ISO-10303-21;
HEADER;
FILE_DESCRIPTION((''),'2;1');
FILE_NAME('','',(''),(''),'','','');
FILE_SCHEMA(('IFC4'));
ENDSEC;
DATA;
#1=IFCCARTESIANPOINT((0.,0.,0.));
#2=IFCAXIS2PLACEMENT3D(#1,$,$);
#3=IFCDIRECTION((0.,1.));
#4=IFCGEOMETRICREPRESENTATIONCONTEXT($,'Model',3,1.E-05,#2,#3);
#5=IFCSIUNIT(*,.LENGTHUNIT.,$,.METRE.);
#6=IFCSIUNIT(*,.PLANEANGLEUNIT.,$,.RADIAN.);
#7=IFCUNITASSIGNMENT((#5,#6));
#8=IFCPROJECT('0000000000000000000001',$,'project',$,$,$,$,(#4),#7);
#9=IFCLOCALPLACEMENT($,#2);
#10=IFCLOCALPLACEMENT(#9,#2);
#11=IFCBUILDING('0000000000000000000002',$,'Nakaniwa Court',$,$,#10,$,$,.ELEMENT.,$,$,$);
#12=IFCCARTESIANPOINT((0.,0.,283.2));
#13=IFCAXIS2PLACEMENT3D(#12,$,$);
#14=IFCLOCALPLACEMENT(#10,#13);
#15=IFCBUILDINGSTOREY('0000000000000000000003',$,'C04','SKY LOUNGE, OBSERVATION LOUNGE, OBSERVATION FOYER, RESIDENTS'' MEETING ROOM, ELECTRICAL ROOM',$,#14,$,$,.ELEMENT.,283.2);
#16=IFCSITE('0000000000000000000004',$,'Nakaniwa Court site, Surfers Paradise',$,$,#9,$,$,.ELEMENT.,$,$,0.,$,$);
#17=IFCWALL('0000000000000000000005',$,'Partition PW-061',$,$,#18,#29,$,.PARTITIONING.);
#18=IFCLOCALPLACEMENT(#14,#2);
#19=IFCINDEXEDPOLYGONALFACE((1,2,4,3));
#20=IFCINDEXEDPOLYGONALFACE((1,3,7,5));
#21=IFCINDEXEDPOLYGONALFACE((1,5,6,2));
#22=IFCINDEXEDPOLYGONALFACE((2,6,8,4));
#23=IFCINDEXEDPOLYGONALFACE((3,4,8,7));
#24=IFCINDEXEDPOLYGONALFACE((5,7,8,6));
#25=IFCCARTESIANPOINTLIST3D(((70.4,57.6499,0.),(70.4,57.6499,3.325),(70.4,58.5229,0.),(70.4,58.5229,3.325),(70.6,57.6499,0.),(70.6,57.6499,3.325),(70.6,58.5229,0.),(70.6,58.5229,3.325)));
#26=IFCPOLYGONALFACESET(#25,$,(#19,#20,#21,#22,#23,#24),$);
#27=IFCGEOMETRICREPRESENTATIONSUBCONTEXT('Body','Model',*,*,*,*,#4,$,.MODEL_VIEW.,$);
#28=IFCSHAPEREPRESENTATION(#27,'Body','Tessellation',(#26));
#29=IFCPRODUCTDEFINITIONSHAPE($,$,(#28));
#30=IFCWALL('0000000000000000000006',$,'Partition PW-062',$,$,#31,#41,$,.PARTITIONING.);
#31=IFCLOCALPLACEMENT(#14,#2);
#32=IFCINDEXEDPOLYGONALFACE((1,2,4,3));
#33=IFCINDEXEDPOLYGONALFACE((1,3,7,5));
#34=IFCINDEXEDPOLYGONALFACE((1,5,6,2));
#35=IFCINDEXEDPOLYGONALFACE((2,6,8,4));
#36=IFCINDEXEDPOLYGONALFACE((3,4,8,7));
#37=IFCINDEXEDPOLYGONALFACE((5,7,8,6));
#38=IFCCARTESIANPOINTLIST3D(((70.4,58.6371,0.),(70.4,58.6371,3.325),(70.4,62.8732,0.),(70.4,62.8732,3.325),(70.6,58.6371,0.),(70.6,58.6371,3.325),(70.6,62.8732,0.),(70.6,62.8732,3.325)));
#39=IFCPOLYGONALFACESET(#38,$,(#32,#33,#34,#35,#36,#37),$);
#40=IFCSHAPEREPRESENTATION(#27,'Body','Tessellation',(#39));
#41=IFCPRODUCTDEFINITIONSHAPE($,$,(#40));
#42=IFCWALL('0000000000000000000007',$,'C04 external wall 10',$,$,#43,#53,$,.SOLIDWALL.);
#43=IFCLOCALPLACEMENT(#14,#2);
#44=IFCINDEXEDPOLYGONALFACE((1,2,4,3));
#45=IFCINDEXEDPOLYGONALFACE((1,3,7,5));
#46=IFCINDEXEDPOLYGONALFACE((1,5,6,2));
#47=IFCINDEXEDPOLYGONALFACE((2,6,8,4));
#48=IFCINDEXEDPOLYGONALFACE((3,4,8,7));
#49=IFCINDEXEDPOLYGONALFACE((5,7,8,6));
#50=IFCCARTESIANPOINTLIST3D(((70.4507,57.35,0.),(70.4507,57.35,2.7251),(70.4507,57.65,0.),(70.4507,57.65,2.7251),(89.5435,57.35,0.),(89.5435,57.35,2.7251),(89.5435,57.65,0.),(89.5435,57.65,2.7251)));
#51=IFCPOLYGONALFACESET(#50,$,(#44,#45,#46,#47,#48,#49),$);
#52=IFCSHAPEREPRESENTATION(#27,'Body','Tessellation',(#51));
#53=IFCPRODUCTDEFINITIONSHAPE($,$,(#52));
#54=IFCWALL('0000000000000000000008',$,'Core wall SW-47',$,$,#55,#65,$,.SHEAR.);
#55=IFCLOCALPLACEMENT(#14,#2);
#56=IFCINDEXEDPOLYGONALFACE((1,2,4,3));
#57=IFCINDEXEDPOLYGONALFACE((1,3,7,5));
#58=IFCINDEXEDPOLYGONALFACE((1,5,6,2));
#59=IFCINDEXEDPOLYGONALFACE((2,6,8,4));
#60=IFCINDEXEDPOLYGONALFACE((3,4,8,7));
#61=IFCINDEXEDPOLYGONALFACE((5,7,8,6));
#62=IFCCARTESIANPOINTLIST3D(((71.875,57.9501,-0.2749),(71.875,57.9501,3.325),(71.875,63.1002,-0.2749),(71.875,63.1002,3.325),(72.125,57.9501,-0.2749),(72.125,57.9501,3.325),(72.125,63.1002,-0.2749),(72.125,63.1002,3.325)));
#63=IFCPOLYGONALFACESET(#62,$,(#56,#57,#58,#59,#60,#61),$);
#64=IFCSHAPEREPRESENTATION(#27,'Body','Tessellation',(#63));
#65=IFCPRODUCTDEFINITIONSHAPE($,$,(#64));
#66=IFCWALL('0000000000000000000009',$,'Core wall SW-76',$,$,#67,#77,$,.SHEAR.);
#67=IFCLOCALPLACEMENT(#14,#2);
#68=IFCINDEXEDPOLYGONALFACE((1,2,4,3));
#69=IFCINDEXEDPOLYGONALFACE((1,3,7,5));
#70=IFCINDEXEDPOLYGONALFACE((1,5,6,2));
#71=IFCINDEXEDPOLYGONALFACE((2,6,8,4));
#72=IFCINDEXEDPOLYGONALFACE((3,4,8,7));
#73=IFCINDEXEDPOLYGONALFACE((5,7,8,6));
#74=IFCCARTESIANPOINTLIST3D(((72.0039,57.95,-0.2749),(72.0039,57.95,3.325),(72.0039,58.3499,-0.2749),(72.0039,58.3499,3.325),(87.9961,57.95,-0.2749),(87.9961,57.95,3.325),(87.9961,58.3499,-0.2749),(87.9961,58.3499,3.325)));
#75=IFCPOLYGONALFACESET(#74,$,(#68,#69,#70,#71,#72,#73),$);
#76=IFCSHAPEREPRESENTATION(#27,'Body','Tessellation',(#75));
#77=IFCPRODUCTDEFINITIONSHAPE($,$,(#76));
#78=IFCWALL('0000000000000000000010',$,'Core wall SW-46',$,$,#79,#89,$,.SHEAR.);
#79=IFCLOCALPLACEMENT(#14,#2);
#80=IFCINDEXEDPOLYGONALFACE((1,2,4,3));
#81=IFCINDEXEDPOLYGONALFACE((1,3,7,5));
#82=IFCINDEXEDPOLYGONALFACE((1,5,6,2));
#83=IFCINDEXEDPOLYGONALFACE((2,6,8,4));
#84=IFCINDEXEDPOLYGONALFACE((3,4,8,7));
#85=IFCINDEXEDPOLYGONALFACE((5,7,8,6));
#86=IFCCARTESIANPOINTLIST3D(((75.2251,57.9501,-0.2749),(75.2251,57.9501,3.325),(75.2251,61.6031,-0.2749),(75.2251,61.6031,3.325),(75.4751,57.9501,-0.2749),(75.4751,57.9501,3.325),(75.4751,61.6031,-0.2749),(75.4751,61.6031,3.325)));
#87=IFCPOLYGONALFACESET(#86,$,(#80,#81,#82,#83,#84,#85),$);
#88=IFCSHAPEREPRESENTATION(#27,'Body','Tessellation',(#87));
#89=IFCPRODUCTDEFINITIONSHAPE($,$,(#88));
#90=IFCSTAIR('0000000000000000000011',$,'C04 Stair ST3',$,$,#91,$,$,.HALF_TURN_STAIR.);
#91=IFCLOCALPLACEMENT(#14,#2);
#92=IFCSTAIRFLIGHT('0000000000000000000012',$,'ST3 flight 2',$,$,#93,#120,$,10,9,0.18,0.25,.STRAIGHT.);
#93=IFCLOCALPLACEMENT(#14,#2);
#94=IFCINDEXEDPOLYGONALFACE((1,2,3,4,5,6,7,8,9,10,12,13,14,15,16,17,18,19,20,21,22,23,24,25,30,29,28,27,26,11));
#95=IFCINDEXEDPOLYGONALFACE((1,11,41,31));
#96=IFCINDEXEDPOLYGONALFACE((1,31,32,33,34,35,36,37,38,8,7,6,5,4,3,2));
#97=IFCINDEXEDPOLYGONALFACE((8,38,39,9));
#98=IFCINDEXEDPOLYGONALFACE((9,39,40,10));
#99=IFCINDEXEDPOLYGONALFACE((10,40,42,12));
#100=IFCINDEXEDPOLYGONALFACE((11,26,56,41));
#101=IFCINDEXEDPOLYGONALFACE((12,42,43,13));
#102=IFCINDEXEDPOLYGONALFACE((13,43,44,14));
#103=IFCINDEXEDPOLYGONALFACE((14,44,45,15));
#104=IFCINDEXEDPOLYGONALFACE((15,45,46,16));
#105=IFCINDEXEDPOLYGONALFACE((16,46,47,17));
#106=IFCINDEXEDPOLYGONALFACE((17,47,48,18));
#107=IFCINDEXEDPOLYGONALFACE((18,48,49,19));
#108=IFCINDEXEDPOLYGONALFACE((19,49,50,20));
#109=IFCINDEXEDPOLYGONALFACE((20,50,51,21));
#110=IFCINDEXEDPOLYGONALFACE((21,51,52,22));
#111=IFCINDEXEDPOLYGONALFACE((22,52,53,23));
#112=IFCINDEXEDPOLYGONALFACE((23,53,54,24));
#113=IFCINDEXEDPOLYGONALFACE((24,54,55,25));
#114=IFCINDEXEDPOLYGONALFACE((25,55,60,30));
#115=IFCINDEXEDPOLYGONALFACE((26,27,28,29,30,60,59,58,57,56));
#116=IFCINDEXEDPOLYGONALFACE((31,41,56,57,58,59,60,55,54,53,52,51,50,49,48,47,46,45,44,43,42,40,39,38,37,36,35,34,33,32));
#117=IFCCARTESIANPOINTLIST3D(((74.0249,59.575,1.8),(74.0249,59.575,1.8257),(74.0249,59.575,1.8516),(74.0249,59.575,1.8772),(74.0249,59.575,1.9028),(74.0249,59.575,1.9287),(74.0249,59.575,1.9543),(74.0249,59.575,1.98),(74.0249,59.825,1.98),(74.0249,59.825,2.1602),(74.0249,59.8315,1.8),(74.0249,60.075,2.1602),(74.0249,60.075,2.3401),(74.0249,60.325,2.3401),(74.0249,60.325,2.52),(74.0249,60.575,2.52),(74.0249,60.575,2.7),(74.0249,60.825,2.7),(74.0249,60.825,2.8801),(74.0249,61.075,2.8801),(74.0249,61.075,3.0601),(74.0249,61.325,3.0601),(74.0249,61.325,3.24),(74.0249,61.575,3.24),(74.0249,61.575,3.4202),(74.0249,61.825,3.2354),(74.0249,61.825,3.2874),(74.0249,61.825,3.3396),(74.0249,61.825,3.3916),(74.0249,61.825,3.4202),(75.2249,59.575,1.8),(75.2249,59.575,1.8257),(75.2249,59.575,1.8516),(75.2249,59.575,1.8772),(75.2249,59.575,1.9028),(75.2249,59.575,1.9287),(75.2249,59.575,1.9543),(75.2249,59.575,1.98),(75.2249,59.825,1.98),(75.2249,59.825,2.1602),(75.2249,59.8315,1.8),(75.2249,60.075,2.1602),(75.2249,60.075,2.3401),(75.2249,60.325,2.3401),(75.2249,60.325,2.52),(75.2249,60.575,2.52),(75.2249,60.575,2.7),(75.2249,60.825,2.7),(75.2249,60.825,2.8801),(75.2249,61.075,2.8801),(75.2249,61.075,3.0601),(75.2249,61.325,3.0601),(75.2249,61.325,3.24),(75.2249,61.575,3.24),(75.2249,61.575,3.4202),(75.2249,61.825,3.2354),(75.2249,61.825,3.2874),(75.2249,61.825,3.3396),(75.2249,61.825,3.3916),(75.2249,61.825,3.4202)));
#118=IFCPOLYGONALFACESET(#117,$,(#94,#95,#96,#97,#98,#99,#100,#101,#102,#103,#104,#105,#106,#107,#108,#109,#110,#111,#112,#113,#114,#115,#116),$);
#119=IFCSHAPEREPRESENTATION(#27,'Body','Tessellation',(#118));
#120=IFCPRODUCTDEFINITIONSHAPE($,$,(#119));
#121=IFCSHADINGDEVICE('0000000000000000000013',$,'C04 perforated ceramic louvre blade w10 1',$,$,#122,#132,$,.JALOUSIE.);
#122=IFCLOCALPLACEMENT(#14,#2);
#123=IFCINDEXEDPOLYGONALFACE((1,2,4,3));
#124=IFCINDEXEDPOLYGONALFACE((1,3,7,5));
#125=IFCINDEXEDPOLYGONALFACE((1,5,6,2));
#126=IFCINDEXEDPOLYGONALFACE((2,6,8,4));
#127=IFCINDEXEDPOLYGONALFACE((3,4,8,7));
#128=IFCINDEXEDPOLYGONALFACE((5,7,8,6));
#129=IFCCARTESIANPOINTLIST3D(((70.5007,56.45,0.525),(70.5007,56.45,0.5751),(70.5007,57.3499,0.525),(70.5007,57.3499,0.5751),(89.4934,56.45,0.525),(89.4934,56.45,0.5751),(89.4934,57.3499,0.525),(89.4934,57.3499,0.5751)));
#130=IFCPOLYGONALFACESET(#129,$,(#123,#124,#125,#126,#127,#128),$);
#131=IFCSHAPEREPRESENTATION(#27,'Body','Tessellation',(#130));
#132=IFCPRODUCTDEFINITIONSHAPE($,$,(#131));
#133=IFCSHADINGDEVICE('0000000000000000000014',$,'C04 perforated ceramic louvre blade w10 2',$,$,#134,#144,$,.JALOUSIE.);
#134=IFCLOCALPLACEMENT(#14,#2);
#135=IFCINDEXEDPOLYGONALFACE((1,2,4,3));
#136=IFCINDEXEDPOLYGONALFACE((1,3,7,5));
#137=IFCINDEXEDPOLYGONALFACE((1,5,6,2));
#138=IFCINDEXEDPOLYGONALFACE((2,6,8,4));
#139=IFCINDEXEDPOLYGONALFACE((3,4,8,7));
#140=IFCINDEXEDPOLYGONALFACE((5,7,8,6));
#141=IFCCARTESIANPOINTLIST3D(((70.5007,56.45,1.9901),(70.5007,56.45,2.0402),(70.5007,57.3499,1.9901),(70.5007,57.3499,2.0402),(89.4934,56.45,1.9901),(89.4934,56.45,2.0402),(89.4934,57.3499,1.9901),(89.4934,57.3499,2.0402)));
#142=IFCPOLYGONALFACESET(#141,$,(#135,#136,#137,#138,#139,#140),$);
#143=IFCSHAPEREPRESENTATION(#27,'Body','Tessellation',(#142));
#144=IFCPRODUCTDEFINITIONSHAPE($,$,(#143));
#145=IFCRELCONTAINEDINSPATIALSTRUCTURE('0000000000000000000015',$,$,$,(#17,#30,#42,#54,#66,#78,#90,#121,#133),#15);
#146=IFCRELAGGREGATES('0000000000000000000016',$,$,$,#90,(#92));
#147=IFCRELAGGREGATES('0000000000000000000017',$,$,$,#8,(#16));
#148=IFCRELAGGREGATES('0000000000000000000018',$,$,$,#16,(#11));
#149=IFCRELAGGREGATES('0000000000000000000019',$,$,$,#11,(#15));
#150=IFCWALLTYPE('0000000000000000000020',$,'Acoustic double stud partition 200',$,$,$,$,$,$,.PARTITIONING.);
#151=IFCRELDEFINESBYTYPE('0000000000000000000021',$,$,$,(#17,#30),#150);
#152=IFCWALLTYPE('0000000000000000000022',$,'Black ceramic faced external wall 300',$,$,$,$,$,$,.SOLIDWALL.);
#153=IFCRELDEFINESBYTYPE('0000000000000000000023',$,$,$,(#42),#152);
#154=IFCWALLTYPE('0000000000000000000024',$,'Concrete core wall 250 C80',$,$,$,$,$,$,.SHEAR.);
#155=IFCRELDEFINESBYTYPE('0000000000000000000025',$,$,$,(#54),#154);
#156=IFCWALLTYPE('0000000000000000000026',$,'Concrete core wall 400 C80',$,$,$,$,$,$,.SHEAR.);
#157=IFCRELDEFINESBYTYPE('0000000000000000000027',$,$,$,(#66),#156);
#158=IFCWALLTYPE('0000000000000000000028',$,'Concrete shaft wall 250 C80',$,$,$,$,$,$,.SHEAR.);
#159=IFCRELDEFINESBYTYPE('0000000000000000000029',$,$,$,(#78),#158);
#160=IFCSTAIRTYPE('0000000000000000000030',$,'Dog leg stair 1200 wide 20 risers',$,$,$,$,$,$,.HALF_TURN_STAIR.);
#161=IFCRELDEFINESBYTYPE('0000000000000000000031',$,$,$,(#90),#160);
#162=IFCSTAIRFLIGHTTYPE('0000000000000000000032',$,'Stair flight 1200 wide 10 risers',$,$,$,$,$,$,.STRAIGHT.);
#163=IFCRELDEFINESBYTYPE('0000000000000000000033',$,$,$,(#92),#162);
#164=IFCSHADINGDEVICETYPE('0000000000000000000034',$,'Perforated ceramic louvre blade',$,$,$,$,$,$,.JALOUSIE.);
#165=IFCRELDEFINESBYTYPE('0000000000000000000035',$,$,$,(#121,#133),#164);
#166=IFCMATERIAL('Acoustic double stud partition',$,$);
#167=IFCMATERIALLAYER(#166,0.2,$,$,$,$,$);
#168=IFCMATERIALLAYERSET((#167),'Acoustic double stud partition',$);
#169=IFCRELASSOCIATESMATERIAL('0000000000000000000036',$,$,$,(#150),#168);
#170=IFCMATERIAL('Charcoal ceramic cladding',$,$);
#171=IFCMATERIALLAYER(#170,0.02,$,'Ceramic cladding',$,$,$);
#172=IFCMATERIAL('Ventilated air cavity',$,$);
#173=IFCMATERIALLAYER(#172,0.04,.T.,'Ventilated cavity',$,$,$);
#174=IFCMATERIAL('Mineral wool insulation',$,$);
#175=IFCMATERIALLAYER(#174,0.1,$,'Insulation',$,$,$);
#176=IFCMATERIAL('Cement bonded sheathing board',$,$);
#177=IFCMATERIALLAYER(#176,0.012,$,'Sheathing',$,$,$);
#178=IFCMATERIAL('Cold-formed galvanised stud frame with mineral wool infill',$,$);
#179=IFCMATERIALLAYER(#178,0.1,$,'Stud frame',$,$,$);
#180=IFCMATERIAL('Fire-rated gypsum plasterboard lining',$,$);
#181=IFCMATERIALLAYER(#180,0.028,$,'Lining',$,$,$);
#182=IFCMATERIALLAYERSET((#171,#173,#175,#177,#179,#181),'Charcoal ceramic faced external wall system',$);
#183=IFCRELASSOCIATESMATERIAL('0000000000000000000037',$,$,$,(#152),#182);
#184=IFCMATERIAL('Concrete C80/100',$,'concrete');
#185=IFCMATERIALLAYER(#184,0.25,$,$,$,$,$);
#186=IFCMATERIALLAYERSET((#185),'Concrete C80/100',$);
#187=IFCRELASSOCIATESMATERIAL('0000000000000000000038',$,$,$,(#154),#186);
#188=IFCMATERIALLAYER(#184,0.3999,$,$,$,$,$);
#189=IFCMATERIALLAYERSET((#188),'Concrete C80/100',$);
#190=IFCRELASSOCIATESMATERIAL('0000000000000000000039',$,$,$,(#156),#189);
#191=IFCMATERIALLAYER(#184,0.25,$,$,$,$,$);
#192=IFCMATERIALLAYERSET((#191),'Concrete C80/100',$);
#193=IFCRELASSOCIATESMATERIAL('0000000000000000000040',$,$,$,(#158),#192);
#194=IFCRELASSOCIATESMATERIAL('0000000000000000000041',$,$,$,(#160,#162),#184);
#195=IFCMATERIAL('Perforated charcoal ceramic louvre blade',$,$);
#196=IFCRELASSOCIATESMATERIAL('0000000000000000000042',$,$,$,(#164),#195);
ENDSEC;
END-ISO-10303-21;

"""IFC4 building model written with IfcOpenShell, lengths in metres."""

from ifc_helpers import new_model, si_unit, direction, frame, frame_2d, origin, origin_2d, place, context, subcontext, project, spatial, polyline, rectangle, outline, extrude, material, layer, layer_set, material_profile, profile_set, type_object, element, aggregate, save


model = new_model("IFC4")

# Units and contexts
model_context = context("Model", 3, precision=1e-05, world=origin(), true_north=direction((0.0, 1.0)))
body_context = subcontext(model_context, "Body", "Model", "MODEL_VIEW")
ifc_project = project(units=[si_unit("LENGTHUNIT", "METRE"), si_unit("PLANEANGLEUNIT", "RADIAN")], contexts=[model_context])

# Site, building, storey
site_placement = place(None, origin())
site = spatial("IfcSite", under=ifc_project, at=site_placement, Name="Nakaniwa Court site, Surfers Paradise", CompositionType="ELEMENT", RefElevation=0.0)
building_placement = place(site_placement, origin())
building = spatial("IfcBuilding", under=site, at=building_placement, Name="Nakaniwa Court", CompositionType="ELEMENT")
storey_placement = place(building_placement, frame((0.0, 0.0, 283.2)))
storey = spatial("IfcBuildingStorey", under=building, at=storey_placement, Name="C04", Description="SKY LOUNGE, OBSERVATION LOUNGE, OBSERVATION FOYER, RESIDENTS' MEETING ROOM, ELECTRICAL ROOM", CompositionType="ELEMENT", Elevation=283.2)

# Shared definitions
ifc_material_1 = material(Name="Concrete C80/100", Category="concrete")

# Walls
ifc_material_2 = material(Name="Acoustic double stud partition")
ifc_layer_1 = layer(ifc_material_2, 0.2)
ifc_layer_set_1 = layer_set([ifc_layer_1], Name="Acoustic double stud partition")
wall_type_1 = type_object("IfcWallType", Name="Acoustic double stud partition 200", PredefinedType="PARTITIONING", material=ifc_layer_set_1)
wall_1_placement = place(storey_placement, frame((70.5, 57.6499, 0.0), z_axis=(0.0, 0.0, 1.0), x_axis=(0.0, 1.0, 0.0)))
element("IfcWall", 1, at=wall_1_placement, inside=storey, type_object=wall_type_1, Name="Partition PW-061", PredefinedType="PARTITIONING", context=body_context, shape_type="SweptSolid", body=[
    extrude(rectangle(XDim=0.873, YDim=0.2, at=frame_2d((0.4365, 0.0))), origin(), (0.0, 0.0, 1.0), 3.325),
])
wall_2_placement = place(storey_placement, frame((70.5, 58.637, 0.0), z_axis=(0.0, 0.0, 1.0), x_axis=(0.0, 1.0, 0.0)))
element("IfcWall", 2, at=wall_2_placement, inside=storey, type_object=wall_type_1, Name="Partition PW-062", PredefinedType="PARTITIONING", context=body_context, shape_type="SweptSolid", body=[
    extrude(rectangle(XDim=4.2361, YDim=0.2, at=frame_2d((2.1182, 0.0))), origin(), (0.0, 0.0, 1.0), 3.325),
])
ifc_material_3 = material(Name="Charcoal ceramic cladding")
ifc_layer_2 = layer(ifc_material_3, 0.02, Name="Ceramic cladding")
ifc_material_4 = material(Name="Ventilated air cavity")
ifc_layer_3 = layer(ifc_material_4, 0.04, ventilated=True, Name="Ventilated cavity")
ifc_material_5 = material(Name="Mineral wool insulation")
ifc_layer_4 = layer(ifc_material_5, 0.1, Name="Insulation")
ifc_material_6 = material(Name="Cement bonded sheathing board")
ifc_layer_5 = layer(ifc_material_6, 0.012, Name="Sheathing")
ifc_material_7 = material(Name="Cold-formed galvanised stud frame with mineral wool infill")
ifc_layer_6 = layer(ifc_material_7, 0.1, Name="Stud frame")
ifc_material_8 = material(Name="Fire-rated gypsum plasterboard lining")
ifc_layer_7 = layer(ifc_material_8, 0.028, Name="Lining")
ifc_layer_set_2 = layer_set([ifc_layer_2, ifc_layer_3, ifc_layer_4, ifc_layer_5, ifc_layer_6, ifc_layer_7], Name="Charcoal ceramic faced external wall system")
wall_type_2 = type_object("IfcWallType", Name="Black ceramic faced external wall 300", PredefinedType="SOLIDWALL", material=ifc_layer_set_2)
wall_3_placement = place(storey_placement, frame((70.4507, 57.5, 0.0), z_axis=(0.0, 0.0, 1.0), x_axis=(1.0, 0.0, 0.0)))
element("IfcWall", 3, at=wall_3_placement, inside=storey, type_object=wall_type_2, Name="C04 external wall 10", PredefinedType="SOLIDWALL", context=body_context, shape_type="SweptSolid", body=[
    extrude(rectangle(XDim=19.0928, YDim=0.3, at=frame_2d((9.5464, 0.0))), origin(), (0.0, 0.0, 1.0), 2.7251),
])
ifc_layer_8 = layer(ifc_material_1, 0.25)
ifc_layer_set_3 = layer_set([ifc_layer_8], Name="Concrete C80/100")
wall_type_3 = type_object("IfcWallType", Name="Concrete core wall 250 C80", PredefinedType="SHEAR", material=ifc_layer_set_3)
wall_4_placement = place(storey_placement, frame((72.0, 57.95, -0.2749), z_axis=(0.0, 0.0, 1.0), x_axis=(0.0, 1.0, 0.0)))
element("IfcWall", 4, at=wall_4_placement, inside=storey, type_object=wall_type_3, Name="Core wall SW-47", PredefinedType="SHEAR", context=body_context, shape_type="SweptSolid", body=[
    extrude(rectangle(XDim=5.1501, YDim=0.25, at=frame_2d((2.5752, 0.0))), origin(), (0.0, 0.0, 1.0), 3.5999),
])
ifc_layer_9 = layer(ifc_material_1, 0.3999)
ifc_layer_set_4 = layer_set([ifc_layer_9], Name="Concrete C80/100")
wall_type_4 = type_object("IfcWallType", Name="Concrete core wall 400 C80", PredefinedType="SHEAR", material=ifc_layer_set_4)
wall_5_placement = place(storey_placement, frame((72.0039, 58.1499, -0.2749), z_axis=(0.0, 0.0, 1.0), x_axis=(1.0, 0.0, 0.0)))
element("IfcWall", 5, at=wall_5_placement, inside=storey, type_object=wall_type_4, Name="Core wall SW-76", PredefinedType="SHEAR", context=body_context, shape_type="SweptSolid", body=[
    extrude(rectangle(XDim=15.9922, YDim=0.3999, at=frame_2d((7.9961, 0.0))), origin(), (0.0, 0.0, 1.0), 3.5999),
])
ifc_layer_10 = layer(ifc_material_1, 0.25)
ifc_layer_set_5 = layer_set([ifc_layer_10], Name="Concrete C80/100")
wall_type_5 = type_object("IfcWallType", Name="Concrete shaft wall 250 C80", PredefinedType="SHEAR", material=ifc_layer_set_5)
wall_6_placement = place(storey_placement, frame((75.3501, 57.95, -0.2749), z_axis=(0.0, 0.0, 1.0), x_axis=(0.0, 1.0, 0.0)))
element("IfcWall", 6, at=wall_6_placement, inside=storey, type_object=wall_type_5, Name="Core wall SW-46", PredefinedType="SHEAR", context=body_context, shape_type="SweptSolid", body=[
    extrude(rectangle(XDim=3.6531, YDim=0.25, at=frame_2d((1.8267, 0.0))), origin(), (0.0, 0.0, 1.0), 3.5999),
])

# Stair, stair flight
stair_type = type_object("IfcStairType", Name="Dog leg stair 1200 wide 20 risers", PredefinedType="HALF_TURN_STAIR", material=ifc_material_1)
stair_placement = place(storey_placement, origin())
stair = element("IfcStair", 7, at=stair_placement, inside=storey, type_object=stair_type, Name="C04 Stair ST3", PredefinedType="HALF_TURN_STAIR")
stair_flight_type = type_object("IfcStairFlightType", Name="Stair flight 1200 wide 10 risers", PredefinedType="STRAIGHT", material=ifc_material_1)
stair_flight_placement = place(storey_placement, frame((74.625, 59.575, 1.8), z_axis=(0.0, 0.0, 1.0), x_axis=(0.0, 1.0, 0.0)))
stair_flight = element("IfcStairFlight", 8, at=stair_flight_placement, type_object=stair_flight_type, Name="ST3 flight 2", NumberOfRisers=10, NumberOfTreads=9, PredefinedType="STRAIGHT", RiserHeight=0.18, TreadLength=0.25, context=body_context, shape_type="SweptSolid", body=[
    extrude(outline(polyline([(0.0, 0.0), (0.0, 0.0256), (0.0, 0.0515), (0.0, 0.0771), (0.0, 0.1028), (0.0, 0.1287), (0.0, 0.1543), (0.0, 0.1799), (0.25, 0.1799), (0.25, 0.3601), (0.5, 0.3601), (0.5, 0.54), (0.75, 0.54), (0.75, 0.72), (1.0, 0.72), (1.0, 0.8999), (1.25, 0.8999), (1.25, 1.0801), (1.5, 1.0801), (1.5, 1.26), (1.75, 1.26), (1.75, 1.4399), (2.0, 1.4399), (2.0, 1.6201), (2.25, 1.6201), (2.25, 1.8), (2.25, 1.7478), (2.25, 1.6958), (2.25, 1.6438), (2.25, 1.5916), (2.25, 1.5396), (2.25, 1.4873), (2.25, 1.4353), (0.2566, 0.0), (0.0, 0.0)])), frame((0.0, 0.6001, 0.0), z_axis=(0.0, -1.0, 0.0), x_axis=(1.0, 0.0, 0.0)), (0.0, 0.0, 1.0), 1.2),
])
aggregate(stair, [stair_flight])

# Shading devices
ifc_material_9 = material(Name="Perforated charcoal ceramic louvre blade")
ifc_material_profile_1 = material_profile(ifc_material_9, rectangle(XDim=0.8999, YDim=0.05, at=origin_2d()), Name="Perforated ceramic louvre blade")
ifc_profile_set_1 = profile_set([ifc_material_profile_1], Name="Perforated charcoal ceramic louvre blade")
shading_device_type = type_object("IfcShadingDeviceType", Name="Perforated ceramic louvre blade", PredefinedType="JALOUSIE", material=ifc_profile_set_1)
for number, where, z_axis, x_axis, name in (
    (9, (70.5007, 56.8999, 0.55), (1.0, 0.0, 0.0), (0.0, 1.0, 0.0), "C04 perforated ceramic louvre blade w10 1"),
    (10, (70.5007, 56.8999, 2.0151), (1.0, 0.0, 0.0), (0.0, 1.0, 0.0), "C04 perforated ceramic louvre blade w10 2"),
):
    element("IfcShadingDevice", number, at=place(storey_placement, frame(where, z_axis=z_axis, x_axis=x_axis)), inside=storey, type_object=shading_device_type, Name=name, PredefinedType="JALOUSIE", context=body_context, shape_type="SweptSolid", body=[
        extrude(rectangle(XDim=0.8999, YDim=0.05, at=origin_2d()), origin(), (0.0, 0.0, 1.0), 18.9927),
    ])

save(model, "model.ifc")
